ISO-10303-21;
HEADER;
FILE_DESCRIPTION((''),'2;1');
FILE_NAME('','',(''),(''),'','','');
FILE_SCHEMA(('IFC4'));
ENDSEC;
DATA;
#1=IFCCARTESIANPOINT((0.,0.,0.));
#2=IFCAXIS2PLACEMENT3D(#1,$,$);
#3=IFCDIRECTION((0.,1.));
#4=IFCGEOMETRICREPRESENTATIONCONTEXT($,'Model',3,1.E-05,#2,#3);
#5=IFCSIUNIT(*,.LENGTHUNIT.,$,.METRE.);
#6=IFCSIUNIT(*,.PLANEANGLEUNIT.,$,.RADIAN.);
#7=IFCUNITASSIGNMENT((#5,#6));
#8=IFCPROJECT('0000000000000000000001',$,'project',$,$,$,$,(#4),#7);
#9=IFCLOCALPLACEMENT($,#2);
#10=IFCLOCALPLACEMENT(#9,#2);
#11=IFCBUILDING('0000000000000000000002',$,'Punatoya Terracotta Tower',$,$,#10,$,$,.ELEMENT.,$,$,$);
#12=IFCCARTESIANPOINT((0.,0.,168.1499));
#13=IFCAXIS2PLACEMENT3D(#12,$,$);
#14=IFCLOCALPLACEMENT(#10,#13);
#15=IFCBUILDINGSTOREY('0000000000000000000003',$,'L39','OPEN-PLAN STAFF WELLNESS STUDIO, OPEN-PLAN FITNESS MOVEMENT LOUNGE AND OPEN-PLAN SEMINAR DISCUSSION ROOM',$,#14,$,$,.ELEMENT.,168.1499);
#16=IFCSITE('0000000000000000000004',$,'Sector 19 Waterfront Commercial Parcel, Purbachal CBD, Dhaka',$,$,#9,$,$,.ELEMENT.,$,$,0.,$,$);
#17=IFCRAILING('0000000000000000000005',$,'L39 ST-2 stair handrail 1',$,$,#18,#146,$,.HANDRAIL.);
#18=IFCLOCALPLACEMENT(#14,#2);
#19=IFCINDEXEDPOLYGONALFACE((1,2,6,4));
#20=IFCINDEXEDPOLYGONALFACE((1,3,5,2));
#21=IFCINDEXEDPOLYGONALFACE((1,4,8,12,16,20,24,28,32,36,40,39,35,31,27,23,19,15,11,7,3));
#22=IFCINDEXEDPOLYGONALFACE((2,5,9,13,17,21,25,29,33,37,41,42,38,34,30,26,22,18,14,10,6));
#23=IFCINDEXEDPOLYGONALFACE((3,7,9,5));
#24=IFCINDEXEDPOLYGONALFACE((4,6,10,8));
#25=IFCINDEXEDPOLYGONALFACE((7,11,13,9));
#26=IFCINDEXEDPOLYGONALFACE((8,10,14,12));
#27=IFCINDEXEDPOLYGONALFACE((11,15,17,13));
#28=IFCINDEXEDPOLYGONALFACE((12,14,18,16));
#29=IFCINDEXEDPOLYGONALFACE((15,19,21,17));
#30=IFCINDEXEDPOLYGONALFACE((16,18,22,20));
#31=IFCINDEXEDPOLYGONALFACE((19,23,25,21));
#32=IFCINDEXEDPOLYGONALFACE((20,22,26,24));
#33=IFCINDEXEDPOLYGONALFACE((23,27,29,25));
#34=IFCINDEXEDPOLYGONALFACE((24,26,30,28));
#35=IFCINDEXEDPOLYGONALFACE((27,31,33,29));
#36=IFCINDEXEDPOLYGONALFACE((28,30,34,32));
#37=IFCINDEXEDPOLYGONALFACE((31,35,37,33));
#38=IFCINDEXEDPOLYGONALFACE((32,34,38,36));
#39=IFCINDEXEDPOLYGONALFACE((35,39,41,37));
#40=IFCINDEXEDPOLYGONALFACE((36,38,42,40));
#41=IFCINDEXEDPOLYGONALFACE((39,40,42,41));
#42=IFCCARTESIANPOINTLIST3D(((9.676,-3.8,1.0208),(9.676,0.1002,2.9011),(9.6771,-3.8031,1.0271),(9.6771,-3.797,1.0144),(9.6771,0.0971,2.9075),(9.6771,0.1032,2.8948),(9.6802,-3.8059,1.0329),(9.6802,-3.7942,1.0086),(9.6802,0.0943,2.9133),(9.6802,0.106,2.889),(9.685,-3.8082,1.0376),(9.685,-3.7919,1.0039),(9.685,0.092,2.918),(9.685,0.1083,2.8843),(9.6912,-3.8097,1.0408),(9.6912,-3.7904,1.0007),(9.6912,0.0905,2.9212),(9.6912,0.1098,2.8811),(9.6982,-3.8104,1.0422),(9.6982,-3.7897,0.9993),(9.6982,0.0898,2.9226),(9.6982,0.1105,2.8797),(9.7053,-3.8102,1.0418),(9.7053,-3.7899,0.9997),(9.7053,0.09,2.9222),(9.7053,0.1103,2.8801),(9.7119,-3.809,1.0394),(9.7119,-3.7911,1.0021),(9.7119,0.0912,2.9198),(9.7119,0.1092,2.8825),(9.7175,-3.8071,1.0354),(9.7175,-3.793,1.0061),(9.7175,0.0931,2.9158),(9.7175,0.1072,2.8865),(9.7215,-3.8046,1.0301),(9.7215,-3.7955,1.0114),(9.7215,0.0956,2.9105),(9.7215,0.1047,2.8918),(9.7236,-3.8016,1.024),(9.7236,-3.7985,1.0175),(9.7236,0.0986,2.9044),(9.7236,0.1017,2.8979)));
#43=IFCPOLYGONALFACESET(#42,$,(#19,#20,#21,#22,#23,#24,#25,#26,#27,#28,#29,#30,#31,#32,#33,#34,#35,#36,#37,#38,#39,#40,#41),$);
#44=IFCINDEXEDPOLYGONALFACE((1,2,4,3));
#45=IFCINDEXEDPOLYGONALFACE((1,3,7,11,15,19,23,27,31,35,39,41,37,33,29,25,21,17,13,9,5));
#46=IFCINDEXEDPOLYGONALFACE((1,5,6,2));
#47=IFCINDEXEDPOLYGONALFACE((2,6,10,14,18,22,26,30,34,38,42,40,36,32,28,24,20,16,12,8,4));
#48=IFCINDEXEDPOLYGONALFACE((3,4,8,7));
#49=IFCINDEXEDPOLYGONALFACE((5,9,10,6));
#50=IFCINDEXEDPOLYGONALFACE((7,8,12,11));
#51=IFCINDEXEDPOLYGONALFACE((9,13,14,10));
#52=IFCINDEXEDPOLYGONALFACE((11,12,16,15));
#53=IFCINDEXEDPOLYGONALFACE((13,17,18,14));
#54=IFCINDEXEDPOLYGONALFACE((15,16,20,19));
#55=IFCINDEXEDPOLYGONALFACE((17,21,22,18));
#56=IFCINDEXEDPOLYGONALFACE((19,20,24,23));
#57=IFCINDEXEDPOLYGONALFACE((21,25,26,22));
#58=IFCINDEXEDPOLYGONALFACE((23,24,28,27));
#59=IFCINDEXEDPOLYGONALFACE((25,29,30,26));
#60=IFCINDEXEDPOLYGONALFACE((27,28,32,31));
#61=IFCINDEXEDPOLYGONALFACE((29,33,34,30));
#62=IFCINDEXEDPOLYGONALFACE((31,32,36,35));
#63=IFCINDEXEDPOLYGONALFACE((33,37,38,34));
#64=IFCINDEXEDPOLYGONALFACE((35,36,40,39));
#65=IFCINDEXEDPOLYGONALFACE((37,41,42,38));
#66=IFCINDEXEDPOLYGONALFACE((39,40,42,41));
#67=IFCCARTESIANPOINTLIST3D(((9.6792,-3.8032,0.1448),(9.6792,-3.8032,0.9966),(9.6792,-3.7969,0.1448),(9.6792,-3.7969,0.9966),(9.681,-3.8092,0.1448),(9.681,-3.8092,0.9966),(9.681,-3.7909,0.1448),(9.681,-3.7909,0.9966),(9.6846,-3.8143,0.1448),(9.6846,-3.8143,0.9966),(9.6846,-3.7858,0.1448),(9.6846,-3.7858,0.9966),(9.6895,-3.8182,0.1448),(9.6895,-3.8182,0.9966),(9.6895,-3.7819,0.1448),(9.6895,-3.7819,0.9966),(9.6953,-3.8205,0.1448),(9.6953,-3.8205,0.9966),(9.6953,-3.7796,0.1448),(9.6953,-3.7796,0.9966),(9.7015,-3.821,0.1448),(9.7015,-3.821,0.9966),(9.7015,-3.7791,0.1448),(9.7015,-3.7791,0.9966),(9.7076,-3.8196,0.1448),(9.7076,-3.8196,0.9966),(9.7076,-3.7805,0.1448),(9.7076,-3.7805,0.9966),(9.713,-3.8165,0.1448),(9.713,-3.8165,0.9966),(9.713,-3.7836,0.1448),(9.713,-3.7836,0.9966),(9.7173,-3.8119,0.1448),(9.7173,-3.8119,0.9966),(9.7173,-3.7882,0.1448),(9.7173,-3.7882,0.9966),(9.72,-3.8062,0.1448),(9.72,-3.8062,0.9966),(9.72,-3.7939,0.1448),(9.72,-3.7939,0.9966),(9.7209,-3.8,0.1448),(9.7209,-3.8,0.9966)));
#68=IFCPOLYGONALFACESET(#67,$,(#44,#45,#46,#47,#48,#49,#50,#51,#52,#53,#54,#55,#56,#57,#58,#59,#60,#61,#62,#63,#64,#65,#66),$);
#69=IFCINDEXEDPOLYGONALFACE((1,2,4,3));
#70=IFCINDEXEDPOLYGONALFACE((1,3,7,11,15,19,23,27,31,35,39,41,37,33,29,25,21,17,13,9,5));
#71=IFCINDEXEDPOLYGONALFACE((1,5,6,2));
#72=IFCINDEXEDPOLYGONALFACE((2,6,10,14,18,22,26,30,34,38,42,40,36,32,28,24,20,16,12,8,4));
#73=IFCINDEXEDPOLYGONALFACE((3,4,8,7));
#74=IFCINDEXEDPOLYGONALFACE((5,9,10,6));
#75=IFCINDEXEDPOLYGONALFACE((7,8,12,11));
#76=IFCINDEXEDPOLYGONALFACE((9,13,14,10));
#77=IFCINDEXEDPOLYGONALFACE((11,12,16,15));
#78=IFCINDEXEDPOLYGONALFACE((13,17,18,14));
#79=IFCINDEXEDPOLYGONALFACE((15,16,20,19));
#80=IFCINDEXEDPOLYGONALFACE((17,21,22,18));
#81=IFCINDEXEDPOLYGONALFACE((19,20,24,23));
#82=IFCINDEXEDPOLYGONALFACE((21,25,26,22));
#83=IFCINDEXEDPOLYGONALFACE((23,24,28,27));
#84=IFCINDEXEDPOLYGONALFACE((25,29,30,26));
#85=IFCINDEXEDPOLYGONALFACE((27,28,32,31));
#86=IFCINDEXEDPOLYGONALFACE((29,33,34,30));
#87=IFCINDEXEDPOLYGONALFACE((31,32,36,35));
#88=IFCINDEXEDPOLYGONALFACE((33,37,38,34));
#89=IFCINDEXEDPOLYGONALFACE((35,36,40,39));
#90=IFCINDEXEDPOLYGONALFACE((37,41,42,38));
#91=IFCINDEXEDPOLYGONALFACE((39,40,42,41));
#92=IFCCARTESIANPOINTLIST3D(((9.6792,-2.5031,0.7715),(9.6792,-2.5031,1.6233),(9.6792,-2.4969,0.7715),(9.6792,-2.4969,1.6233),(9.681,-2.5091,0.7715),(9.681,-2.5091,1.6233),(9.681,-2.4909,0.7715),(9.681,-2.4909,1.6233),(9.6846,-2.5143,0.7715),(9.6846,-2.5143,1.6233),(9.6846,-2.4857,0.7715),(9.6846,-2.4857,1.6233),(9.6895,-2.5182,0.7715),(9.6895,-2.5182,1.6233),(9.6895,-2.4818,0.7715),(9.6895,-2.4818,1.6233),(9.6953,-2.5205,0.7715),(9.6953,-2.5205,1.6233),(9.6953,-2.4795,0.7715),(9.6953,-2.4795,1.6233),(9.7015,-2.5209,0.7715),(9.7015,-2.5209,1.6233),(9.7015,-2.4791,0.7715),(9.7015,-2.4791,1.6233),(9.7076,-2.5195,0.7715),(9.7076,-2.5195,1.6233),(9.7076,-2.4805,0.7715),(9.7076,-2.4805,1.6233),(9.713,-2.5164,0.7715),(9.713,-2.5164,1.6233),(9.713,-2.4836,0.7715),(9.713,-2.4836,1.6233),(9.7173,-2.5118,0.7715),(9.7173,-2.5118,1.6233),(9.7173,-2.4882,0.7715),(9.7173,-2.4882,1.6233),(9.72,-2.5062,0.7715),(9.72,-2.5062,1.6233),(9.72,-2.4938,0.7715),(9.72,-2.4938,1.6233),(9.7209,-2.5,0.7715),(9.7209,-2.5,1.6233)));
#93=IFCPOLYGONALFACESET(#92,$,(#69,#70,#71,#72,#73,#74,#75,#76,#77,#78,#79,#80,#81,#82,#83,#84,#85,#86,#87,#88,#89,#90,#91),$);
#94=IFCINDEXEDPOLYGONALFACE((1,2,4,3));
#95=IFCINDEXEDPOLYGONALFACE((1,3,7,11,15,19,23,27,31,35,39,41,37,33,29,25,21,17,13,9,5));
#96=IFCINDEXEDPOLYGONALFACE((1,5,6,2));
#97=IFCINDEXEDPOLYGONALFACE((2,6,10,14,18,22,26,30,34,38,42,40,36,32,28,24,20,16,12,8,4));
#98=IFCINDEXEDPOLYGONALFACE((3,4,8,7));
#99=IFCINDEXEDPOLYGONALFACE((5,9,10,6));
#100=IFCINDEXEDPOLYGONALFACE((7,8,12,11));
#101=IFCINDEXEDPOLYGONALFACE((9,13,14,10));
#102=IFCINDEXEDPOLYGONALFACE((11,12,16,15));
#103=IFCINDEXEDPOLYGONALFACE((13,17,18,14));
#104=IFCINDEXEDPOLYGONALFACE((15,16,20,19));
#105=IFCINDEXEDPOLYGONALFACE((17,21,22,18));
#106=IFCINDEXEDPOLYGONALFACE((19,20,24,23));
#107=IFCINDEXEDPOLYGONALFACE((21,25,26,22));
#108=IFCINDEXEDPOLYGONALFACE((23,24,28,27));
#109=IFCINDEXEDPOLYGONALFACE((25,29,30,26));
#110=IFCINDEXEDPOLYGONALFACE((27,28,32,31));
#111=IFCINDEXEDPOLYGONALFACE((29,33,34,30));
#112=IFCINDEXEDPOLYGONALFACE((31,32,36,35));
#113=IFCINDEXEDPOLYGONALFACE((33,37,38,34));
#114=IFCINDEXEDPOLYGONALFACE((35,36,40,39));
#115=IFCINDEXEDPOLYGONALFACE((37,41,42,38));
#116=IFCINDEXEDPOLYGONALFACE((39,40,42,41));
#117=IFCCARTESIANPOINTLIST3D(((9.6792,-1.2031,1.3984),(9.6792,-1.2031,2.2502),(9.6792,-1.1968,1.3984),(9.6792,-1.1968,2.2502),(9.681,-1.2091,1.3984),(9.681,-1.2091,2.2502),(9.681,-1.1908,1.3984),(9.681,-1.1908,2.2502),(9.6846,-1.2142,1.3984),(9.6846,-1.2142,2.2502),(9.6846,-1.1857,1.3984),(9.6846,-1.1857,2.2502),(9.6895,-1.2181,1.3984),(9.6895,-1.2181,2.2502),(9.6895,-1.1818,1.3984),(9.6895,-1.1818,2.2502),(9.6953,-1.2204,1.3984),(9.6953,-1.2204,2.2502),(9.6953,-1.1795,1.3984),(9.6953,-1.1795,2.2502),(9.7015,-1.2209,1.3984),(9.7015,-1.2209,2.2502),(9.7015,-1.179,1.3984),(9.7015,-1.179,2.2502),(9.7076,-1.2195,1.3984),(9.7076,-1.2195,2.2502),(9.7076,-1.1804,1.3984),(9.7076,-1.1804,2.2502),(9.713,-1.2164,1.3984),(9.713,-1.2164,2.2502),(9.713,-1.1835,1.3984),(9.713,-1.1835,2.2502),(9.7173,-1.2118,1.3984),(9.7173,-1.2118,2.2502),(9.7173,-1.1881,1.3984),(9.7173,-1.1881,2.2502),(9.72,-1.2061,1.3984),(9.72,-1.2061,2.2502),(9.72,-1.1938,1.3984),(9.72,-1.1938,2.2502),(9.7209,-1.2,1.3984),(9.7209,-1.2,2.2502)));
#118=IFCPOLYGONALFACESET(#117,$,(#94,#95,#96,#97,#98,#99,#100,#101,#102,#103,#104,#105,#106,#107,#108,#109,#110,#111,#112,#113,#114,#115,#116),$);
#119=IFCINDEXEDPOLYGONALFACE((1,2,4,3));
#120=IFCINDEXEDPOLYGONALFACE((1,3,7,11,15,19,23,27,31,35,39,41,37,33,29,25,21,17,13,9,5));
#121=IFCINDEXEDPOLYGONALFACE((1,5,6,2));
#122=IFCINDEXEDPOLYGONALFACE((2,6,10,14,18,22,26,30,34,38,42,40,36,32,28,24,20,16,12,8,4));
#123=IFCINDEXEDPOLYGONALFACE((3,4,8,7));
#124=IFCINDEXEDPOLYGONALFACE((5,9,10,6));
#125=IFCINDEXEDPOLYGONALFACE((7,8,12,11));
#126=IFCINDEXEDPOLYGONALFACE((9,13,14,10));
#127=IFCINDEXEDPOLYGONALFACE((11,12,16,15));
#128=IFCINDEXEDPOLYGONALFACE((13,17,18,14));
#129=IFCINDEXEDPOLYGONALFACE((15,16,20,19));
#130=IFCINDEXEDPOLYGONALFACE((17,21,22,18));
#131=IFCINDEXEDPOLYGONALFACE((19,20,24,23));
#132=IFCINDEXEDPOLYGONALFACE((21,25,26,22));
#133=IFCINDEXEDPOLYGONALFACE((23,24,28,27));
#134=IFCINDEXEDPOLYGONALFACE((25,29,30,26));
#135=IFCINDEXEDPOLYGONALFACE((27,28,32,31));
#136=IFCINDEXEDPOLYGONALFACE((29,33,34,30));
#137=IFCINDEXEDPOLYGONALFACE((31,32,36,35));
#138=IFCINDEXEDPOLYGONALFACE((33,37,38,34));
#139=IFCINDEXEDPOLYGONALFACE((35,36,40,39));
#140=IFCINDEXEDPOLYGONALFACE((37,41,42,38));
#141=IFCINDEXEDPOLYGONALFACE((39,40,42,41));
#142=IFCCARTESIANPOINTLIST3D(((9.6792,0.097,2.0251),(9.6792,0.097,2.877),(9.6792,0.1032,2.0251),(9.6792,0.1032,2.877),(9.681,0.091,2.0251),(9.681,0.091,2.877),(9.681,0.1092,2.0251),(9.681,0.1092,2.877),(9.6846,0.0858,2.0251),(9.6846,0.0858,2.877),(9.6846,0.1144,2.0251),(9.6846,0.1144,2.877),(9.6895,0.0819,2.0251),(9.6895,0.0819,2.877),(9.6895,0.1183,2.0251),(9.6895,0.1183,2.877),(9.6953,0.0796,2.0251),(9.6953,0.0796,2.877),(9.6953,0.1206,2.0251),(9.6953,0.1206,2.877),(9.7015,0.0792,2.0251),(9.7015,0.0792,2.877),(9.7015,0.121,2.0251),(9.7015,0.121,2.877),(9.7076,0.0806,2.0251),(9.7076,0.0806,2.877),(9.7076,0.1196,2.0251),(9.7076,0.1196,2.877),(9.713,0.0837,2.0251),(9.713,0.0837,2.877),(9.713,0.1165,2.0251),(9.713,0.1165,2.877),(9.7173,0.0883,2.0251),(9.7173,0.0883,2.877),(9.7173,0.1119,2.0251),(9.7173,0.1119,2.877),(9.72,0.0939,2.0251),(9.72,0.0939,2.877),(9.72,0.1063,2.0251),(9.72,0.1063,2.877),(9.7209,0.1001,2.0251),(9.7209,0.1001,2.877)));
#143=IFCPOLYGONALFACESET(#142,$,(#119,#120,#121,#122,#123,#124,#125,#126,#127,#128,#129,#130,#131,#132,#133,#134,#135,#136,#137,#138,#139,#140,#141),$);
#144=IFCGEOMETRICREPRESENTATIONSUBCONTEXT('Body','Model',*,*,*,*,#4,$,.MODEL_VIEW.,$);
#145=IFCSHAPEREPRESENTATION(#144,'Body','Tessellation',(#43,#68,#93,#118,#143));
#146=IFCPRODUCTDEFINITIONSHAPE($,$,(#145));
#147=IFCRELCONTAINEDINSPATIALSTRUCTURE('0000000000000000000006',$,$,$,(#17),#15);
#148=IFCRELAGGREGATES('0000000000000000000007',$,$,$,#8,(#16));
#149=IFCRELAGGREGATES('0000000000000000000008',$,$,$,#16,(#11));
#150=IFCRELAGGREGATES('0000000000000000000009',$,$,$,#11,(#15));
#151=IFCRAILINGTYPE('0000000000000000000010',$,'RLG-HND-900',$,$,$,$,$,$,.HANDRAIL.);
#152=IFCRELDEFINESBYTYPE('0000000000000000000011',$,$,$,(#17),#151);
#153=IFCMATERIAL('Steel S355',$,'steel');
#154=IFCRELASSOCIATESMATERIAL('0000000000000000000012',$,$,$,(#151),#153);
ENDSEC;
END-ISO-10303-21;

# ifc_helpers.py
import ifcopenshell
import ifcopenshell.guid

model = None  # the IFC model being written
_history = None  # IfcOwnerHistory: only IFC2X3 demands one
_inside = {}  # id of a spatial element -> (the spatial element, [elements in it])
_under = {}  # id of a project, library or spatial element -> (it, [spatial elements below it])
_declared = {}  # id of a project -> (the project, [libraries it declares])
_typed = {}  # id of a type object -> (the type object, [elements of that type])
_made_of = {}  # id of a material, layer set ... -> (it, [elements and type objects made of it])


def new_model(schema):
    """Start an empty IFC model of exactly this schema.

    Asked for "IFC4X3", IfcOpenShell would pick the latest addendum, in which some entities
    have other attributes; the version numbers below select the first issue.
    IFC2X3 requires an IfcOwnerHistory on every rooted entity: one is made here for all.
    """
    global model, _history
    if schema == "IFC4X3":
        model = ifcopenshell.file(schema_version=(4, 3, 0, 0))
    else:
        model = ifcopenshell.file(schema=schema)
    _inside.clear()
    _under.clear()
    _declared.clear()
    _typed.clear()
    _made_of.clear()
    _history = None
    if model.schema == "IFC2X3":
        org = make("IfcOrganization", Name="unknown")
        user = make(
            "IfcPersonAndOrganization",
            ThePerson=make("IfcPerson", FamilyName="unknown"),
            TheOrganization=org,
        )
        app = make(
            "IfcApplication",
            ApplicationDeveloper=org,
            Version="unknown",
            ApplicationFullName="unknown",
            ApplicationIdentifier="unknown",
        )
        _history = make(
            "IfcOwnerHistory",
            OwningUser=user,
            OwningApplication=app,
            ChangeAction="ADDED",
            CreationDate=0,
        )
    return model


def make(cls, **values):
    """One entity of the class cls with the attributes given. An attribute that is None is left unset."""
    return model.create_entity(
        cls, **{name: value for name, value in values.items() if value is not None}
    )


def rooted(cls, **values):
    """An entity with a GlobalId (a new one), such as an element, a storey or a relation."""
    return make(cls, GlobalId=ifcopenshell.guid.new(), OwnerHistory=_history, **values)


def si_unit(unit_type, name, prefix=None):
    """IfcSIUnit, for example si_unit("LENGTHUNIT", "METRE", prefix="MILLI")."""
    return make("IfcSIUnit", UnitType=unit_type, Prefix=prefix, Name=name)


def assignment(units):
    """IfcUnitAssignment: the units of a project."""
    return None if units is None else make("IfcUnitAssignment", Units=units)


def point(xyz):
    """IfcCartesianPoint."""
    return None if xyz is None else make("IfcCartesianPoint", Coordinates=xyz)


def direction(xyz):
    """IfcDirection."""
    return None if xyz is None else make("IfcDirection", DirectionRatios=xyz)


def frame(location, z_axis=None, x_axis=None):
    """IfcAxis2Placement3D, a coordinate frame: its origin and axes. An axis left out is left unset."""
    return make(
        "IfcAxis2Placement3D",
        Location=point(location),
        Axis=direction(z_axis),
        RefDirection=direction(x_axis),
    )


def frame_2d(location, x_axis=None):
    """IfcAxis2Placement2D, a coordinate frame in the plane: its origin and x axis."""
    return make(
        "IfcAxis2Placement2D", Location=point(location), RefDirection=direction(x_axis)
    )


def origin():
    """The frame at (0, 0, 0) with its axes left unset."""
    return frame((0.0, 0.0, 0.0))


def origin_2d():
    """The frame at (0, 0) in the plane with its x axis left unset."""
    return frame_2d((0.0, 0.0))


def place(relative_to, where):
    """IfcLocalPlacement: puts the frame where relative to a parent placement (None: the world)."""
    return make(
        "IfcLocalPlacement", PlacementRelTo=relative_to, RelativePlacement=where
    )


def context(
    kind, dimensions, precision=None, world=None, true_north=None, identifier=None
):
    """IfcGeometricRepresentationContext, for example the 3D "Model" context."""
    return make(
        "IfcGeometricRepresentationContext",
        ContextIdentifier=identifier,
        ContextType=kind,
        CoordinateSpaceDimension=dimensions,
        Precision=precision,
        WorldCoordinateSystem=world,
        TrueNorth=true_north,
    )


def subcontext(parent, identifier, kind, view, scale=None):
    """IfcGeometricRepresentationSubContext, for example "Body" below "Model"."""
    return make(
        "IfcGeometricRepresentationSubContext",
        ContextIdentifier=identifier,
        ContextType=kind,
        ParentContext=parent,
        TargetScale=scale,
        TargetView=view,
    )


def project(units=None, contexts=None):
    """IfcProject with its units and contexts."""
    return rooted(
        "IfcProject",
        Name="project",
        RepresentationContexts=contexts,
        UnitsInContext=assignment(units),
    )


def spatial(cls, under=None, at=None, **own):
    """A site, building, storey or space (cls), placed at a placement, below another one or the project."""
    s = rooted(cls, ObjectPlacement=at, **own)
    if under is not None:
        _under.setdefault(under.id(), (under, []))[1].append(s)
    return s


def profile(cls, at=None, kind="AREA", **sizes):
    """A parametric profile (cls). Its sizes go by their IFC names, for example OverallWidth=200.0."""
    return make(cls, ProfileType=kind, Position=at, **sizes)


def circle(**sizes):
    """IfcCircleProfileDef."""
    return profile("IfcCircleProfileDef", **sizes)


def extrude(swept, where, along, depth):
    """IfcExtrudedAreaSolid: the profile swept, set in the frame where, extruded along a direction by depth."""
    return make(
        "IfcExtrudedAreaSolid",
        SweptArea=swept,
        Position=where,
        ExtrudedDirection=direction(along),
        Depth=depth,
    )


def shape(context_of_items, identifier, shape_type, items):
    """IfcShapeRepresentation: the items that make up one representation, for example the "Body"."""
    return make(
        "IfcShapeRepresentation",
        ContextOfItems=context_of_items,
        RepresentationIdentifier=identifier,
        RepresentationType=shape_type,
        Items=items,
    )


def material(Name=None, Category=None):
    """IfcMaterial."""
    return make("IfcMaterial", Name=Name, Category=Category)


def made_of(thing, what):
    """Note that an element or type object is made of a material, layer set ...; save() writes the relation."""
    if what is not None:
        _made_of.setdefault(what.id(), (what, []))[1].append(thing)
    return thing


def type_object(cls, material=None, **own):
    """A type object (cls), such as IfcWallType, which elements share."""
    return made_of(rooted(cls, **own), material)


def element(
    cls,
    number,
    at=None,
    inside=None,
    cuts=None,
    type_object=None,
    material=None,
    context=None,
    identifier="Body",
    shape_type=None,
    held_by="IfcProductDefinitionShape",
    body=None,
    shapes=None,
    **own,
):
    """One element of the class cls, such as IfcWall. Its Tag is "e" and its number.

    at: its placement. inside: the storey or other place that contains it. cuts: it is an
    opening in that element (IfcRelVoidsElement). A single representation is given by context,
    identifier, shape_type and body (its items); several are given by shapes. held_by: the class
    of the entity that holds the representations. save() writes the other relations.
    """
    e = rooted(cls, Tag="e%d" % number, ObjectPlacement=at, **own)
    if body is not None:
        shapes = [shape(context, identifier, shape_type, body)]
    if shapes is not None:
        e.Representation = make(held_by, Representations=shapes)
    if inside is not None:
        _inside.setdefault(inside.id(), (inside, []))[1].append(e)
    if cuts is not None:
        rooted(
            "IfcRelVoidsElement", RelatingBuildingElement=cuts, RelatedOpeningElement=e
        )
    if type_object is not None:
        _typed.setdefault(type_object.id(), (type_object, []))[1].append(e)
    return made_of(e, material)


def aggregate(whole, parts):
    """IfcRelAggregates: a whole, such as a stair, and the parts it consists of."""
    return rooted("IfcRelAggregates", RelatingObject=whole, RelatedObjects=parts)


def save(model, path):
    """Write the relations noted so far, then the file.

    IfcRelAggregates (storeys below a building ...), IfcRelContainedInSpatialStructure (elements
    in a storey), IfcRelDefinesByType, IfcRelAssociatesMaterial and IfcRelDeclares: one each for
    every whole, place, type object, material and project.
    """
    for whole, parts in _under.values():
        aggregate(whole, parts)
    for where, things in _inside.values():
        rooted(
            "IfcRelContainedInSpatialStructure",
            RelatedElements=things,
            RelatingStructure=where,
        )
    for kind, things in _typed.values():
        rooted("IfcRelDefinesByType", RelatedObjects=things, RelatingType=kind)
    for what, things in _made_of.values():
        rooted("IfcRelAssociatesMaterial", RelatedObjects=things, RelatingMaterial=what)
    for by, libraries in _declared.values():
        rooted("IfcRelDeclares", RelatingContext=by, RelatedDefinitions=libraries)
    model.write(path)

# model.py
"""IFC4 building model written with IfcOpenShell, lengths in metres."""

from ifc_helpers import new_model, si_unit, direction, frame, origin, origin_2d, place, context, subcontext, project, spatial, circle, extrude, material, type_object, element, save


model = new_model("IFC4")

# Units and contexts
model_context = context("Model", 3, precision=1e-05, world=origin(), true_north=direction((0.0, 1.0)))
body_context = subcontext(model_context, "Body", "Model", "MODEL_VIEW")
ifc_project = project(units=[si_unit("LENGTHUNIT", "METRE"), si_unit("PLANEANGLEUNIT", "RADIAN")], contexts=[model_context])

# Site, building, storey
site_placement = place(None, origin())
site = spatial("IfcSite", under=ifc_project, at=site_placement, Name="Sector 19 Waterfront Commercial Parcel, Purbachal CBD, Dhaka", CompositionType="ELEMENT", RefElevation=0.0)
building_placement = place(site_placement, origin())
building = spatial("IfcBuilding", under=site, at=building_placement, Name="Punatoya Terracotta Tower", CompositionType="ELEMENT")
storey_placement = place(building_placement, frame((0.0, 0.0, 168.1499)))
storey = spatial("IfcBuildingStorey", under=building, at=storey_placement, Name="L39", Description="OPEN-PLAN STAFF WELLNESS STUDIO, OPEN-PLAN FITNESS MOVEMENT LOUNGE AND OPEN-PLAN SEMINAR DISCUSSION ROOM", CompositionType="ELEMENT", Elevation=168.1499)

# Shared definitions
ifc_material_1 = material(Name="Steel S355", Category="steel")

# Railing
railing_type = type_object("IfcRailingType", Name="RLG-HND-900", PredefinedType="HANDRAIL", material=ifc_material_1)
railing_placement = place(storey_placement, frame((9.7, -3.8, 0.1448)))
element("IfcRailing", 1, at=railing_placement, inside=storey, type_object=railing_type, Name="L39 ST-2 stair handrail 1", PredefinedType="HANDRAIL", context=body_context, shape_type="SweptSolid", body=[
    extrude(circle(Radius=0.0239, at=origin_2d()), frame((0.0, 0.0, 0.876), z_axis=(0.0, 0.900774, 0.434289), x_axis=(-1.0, 0.0, 0.0)), (0.0, 0.0, 1.0), 4.3298),
    extrude(circle(Radius=0.021, at=origin_2d()), origin(), (0.0, 0.0, 1.0), 0.8518),
    extrude(circle(Radius=0.021, at=origin_2d()), frame((0.0, 1.3, 0.6267)), (0.0, 0.0, 1.0), 0.8518),
    extrude(circle(Radius=0.021, at=origin_2d()), frame((0.0, 2.6001, 1.2537)), (0.0, 0.0, 1.0), 0.8518),
    extrude(circle(Radius=0.021, at=origin_2d()), frame((0.0, 3.9001, 1.8804)), (0.0, 0.0, 1.0), 0.8518),
])

save(model, "model.ifc")
